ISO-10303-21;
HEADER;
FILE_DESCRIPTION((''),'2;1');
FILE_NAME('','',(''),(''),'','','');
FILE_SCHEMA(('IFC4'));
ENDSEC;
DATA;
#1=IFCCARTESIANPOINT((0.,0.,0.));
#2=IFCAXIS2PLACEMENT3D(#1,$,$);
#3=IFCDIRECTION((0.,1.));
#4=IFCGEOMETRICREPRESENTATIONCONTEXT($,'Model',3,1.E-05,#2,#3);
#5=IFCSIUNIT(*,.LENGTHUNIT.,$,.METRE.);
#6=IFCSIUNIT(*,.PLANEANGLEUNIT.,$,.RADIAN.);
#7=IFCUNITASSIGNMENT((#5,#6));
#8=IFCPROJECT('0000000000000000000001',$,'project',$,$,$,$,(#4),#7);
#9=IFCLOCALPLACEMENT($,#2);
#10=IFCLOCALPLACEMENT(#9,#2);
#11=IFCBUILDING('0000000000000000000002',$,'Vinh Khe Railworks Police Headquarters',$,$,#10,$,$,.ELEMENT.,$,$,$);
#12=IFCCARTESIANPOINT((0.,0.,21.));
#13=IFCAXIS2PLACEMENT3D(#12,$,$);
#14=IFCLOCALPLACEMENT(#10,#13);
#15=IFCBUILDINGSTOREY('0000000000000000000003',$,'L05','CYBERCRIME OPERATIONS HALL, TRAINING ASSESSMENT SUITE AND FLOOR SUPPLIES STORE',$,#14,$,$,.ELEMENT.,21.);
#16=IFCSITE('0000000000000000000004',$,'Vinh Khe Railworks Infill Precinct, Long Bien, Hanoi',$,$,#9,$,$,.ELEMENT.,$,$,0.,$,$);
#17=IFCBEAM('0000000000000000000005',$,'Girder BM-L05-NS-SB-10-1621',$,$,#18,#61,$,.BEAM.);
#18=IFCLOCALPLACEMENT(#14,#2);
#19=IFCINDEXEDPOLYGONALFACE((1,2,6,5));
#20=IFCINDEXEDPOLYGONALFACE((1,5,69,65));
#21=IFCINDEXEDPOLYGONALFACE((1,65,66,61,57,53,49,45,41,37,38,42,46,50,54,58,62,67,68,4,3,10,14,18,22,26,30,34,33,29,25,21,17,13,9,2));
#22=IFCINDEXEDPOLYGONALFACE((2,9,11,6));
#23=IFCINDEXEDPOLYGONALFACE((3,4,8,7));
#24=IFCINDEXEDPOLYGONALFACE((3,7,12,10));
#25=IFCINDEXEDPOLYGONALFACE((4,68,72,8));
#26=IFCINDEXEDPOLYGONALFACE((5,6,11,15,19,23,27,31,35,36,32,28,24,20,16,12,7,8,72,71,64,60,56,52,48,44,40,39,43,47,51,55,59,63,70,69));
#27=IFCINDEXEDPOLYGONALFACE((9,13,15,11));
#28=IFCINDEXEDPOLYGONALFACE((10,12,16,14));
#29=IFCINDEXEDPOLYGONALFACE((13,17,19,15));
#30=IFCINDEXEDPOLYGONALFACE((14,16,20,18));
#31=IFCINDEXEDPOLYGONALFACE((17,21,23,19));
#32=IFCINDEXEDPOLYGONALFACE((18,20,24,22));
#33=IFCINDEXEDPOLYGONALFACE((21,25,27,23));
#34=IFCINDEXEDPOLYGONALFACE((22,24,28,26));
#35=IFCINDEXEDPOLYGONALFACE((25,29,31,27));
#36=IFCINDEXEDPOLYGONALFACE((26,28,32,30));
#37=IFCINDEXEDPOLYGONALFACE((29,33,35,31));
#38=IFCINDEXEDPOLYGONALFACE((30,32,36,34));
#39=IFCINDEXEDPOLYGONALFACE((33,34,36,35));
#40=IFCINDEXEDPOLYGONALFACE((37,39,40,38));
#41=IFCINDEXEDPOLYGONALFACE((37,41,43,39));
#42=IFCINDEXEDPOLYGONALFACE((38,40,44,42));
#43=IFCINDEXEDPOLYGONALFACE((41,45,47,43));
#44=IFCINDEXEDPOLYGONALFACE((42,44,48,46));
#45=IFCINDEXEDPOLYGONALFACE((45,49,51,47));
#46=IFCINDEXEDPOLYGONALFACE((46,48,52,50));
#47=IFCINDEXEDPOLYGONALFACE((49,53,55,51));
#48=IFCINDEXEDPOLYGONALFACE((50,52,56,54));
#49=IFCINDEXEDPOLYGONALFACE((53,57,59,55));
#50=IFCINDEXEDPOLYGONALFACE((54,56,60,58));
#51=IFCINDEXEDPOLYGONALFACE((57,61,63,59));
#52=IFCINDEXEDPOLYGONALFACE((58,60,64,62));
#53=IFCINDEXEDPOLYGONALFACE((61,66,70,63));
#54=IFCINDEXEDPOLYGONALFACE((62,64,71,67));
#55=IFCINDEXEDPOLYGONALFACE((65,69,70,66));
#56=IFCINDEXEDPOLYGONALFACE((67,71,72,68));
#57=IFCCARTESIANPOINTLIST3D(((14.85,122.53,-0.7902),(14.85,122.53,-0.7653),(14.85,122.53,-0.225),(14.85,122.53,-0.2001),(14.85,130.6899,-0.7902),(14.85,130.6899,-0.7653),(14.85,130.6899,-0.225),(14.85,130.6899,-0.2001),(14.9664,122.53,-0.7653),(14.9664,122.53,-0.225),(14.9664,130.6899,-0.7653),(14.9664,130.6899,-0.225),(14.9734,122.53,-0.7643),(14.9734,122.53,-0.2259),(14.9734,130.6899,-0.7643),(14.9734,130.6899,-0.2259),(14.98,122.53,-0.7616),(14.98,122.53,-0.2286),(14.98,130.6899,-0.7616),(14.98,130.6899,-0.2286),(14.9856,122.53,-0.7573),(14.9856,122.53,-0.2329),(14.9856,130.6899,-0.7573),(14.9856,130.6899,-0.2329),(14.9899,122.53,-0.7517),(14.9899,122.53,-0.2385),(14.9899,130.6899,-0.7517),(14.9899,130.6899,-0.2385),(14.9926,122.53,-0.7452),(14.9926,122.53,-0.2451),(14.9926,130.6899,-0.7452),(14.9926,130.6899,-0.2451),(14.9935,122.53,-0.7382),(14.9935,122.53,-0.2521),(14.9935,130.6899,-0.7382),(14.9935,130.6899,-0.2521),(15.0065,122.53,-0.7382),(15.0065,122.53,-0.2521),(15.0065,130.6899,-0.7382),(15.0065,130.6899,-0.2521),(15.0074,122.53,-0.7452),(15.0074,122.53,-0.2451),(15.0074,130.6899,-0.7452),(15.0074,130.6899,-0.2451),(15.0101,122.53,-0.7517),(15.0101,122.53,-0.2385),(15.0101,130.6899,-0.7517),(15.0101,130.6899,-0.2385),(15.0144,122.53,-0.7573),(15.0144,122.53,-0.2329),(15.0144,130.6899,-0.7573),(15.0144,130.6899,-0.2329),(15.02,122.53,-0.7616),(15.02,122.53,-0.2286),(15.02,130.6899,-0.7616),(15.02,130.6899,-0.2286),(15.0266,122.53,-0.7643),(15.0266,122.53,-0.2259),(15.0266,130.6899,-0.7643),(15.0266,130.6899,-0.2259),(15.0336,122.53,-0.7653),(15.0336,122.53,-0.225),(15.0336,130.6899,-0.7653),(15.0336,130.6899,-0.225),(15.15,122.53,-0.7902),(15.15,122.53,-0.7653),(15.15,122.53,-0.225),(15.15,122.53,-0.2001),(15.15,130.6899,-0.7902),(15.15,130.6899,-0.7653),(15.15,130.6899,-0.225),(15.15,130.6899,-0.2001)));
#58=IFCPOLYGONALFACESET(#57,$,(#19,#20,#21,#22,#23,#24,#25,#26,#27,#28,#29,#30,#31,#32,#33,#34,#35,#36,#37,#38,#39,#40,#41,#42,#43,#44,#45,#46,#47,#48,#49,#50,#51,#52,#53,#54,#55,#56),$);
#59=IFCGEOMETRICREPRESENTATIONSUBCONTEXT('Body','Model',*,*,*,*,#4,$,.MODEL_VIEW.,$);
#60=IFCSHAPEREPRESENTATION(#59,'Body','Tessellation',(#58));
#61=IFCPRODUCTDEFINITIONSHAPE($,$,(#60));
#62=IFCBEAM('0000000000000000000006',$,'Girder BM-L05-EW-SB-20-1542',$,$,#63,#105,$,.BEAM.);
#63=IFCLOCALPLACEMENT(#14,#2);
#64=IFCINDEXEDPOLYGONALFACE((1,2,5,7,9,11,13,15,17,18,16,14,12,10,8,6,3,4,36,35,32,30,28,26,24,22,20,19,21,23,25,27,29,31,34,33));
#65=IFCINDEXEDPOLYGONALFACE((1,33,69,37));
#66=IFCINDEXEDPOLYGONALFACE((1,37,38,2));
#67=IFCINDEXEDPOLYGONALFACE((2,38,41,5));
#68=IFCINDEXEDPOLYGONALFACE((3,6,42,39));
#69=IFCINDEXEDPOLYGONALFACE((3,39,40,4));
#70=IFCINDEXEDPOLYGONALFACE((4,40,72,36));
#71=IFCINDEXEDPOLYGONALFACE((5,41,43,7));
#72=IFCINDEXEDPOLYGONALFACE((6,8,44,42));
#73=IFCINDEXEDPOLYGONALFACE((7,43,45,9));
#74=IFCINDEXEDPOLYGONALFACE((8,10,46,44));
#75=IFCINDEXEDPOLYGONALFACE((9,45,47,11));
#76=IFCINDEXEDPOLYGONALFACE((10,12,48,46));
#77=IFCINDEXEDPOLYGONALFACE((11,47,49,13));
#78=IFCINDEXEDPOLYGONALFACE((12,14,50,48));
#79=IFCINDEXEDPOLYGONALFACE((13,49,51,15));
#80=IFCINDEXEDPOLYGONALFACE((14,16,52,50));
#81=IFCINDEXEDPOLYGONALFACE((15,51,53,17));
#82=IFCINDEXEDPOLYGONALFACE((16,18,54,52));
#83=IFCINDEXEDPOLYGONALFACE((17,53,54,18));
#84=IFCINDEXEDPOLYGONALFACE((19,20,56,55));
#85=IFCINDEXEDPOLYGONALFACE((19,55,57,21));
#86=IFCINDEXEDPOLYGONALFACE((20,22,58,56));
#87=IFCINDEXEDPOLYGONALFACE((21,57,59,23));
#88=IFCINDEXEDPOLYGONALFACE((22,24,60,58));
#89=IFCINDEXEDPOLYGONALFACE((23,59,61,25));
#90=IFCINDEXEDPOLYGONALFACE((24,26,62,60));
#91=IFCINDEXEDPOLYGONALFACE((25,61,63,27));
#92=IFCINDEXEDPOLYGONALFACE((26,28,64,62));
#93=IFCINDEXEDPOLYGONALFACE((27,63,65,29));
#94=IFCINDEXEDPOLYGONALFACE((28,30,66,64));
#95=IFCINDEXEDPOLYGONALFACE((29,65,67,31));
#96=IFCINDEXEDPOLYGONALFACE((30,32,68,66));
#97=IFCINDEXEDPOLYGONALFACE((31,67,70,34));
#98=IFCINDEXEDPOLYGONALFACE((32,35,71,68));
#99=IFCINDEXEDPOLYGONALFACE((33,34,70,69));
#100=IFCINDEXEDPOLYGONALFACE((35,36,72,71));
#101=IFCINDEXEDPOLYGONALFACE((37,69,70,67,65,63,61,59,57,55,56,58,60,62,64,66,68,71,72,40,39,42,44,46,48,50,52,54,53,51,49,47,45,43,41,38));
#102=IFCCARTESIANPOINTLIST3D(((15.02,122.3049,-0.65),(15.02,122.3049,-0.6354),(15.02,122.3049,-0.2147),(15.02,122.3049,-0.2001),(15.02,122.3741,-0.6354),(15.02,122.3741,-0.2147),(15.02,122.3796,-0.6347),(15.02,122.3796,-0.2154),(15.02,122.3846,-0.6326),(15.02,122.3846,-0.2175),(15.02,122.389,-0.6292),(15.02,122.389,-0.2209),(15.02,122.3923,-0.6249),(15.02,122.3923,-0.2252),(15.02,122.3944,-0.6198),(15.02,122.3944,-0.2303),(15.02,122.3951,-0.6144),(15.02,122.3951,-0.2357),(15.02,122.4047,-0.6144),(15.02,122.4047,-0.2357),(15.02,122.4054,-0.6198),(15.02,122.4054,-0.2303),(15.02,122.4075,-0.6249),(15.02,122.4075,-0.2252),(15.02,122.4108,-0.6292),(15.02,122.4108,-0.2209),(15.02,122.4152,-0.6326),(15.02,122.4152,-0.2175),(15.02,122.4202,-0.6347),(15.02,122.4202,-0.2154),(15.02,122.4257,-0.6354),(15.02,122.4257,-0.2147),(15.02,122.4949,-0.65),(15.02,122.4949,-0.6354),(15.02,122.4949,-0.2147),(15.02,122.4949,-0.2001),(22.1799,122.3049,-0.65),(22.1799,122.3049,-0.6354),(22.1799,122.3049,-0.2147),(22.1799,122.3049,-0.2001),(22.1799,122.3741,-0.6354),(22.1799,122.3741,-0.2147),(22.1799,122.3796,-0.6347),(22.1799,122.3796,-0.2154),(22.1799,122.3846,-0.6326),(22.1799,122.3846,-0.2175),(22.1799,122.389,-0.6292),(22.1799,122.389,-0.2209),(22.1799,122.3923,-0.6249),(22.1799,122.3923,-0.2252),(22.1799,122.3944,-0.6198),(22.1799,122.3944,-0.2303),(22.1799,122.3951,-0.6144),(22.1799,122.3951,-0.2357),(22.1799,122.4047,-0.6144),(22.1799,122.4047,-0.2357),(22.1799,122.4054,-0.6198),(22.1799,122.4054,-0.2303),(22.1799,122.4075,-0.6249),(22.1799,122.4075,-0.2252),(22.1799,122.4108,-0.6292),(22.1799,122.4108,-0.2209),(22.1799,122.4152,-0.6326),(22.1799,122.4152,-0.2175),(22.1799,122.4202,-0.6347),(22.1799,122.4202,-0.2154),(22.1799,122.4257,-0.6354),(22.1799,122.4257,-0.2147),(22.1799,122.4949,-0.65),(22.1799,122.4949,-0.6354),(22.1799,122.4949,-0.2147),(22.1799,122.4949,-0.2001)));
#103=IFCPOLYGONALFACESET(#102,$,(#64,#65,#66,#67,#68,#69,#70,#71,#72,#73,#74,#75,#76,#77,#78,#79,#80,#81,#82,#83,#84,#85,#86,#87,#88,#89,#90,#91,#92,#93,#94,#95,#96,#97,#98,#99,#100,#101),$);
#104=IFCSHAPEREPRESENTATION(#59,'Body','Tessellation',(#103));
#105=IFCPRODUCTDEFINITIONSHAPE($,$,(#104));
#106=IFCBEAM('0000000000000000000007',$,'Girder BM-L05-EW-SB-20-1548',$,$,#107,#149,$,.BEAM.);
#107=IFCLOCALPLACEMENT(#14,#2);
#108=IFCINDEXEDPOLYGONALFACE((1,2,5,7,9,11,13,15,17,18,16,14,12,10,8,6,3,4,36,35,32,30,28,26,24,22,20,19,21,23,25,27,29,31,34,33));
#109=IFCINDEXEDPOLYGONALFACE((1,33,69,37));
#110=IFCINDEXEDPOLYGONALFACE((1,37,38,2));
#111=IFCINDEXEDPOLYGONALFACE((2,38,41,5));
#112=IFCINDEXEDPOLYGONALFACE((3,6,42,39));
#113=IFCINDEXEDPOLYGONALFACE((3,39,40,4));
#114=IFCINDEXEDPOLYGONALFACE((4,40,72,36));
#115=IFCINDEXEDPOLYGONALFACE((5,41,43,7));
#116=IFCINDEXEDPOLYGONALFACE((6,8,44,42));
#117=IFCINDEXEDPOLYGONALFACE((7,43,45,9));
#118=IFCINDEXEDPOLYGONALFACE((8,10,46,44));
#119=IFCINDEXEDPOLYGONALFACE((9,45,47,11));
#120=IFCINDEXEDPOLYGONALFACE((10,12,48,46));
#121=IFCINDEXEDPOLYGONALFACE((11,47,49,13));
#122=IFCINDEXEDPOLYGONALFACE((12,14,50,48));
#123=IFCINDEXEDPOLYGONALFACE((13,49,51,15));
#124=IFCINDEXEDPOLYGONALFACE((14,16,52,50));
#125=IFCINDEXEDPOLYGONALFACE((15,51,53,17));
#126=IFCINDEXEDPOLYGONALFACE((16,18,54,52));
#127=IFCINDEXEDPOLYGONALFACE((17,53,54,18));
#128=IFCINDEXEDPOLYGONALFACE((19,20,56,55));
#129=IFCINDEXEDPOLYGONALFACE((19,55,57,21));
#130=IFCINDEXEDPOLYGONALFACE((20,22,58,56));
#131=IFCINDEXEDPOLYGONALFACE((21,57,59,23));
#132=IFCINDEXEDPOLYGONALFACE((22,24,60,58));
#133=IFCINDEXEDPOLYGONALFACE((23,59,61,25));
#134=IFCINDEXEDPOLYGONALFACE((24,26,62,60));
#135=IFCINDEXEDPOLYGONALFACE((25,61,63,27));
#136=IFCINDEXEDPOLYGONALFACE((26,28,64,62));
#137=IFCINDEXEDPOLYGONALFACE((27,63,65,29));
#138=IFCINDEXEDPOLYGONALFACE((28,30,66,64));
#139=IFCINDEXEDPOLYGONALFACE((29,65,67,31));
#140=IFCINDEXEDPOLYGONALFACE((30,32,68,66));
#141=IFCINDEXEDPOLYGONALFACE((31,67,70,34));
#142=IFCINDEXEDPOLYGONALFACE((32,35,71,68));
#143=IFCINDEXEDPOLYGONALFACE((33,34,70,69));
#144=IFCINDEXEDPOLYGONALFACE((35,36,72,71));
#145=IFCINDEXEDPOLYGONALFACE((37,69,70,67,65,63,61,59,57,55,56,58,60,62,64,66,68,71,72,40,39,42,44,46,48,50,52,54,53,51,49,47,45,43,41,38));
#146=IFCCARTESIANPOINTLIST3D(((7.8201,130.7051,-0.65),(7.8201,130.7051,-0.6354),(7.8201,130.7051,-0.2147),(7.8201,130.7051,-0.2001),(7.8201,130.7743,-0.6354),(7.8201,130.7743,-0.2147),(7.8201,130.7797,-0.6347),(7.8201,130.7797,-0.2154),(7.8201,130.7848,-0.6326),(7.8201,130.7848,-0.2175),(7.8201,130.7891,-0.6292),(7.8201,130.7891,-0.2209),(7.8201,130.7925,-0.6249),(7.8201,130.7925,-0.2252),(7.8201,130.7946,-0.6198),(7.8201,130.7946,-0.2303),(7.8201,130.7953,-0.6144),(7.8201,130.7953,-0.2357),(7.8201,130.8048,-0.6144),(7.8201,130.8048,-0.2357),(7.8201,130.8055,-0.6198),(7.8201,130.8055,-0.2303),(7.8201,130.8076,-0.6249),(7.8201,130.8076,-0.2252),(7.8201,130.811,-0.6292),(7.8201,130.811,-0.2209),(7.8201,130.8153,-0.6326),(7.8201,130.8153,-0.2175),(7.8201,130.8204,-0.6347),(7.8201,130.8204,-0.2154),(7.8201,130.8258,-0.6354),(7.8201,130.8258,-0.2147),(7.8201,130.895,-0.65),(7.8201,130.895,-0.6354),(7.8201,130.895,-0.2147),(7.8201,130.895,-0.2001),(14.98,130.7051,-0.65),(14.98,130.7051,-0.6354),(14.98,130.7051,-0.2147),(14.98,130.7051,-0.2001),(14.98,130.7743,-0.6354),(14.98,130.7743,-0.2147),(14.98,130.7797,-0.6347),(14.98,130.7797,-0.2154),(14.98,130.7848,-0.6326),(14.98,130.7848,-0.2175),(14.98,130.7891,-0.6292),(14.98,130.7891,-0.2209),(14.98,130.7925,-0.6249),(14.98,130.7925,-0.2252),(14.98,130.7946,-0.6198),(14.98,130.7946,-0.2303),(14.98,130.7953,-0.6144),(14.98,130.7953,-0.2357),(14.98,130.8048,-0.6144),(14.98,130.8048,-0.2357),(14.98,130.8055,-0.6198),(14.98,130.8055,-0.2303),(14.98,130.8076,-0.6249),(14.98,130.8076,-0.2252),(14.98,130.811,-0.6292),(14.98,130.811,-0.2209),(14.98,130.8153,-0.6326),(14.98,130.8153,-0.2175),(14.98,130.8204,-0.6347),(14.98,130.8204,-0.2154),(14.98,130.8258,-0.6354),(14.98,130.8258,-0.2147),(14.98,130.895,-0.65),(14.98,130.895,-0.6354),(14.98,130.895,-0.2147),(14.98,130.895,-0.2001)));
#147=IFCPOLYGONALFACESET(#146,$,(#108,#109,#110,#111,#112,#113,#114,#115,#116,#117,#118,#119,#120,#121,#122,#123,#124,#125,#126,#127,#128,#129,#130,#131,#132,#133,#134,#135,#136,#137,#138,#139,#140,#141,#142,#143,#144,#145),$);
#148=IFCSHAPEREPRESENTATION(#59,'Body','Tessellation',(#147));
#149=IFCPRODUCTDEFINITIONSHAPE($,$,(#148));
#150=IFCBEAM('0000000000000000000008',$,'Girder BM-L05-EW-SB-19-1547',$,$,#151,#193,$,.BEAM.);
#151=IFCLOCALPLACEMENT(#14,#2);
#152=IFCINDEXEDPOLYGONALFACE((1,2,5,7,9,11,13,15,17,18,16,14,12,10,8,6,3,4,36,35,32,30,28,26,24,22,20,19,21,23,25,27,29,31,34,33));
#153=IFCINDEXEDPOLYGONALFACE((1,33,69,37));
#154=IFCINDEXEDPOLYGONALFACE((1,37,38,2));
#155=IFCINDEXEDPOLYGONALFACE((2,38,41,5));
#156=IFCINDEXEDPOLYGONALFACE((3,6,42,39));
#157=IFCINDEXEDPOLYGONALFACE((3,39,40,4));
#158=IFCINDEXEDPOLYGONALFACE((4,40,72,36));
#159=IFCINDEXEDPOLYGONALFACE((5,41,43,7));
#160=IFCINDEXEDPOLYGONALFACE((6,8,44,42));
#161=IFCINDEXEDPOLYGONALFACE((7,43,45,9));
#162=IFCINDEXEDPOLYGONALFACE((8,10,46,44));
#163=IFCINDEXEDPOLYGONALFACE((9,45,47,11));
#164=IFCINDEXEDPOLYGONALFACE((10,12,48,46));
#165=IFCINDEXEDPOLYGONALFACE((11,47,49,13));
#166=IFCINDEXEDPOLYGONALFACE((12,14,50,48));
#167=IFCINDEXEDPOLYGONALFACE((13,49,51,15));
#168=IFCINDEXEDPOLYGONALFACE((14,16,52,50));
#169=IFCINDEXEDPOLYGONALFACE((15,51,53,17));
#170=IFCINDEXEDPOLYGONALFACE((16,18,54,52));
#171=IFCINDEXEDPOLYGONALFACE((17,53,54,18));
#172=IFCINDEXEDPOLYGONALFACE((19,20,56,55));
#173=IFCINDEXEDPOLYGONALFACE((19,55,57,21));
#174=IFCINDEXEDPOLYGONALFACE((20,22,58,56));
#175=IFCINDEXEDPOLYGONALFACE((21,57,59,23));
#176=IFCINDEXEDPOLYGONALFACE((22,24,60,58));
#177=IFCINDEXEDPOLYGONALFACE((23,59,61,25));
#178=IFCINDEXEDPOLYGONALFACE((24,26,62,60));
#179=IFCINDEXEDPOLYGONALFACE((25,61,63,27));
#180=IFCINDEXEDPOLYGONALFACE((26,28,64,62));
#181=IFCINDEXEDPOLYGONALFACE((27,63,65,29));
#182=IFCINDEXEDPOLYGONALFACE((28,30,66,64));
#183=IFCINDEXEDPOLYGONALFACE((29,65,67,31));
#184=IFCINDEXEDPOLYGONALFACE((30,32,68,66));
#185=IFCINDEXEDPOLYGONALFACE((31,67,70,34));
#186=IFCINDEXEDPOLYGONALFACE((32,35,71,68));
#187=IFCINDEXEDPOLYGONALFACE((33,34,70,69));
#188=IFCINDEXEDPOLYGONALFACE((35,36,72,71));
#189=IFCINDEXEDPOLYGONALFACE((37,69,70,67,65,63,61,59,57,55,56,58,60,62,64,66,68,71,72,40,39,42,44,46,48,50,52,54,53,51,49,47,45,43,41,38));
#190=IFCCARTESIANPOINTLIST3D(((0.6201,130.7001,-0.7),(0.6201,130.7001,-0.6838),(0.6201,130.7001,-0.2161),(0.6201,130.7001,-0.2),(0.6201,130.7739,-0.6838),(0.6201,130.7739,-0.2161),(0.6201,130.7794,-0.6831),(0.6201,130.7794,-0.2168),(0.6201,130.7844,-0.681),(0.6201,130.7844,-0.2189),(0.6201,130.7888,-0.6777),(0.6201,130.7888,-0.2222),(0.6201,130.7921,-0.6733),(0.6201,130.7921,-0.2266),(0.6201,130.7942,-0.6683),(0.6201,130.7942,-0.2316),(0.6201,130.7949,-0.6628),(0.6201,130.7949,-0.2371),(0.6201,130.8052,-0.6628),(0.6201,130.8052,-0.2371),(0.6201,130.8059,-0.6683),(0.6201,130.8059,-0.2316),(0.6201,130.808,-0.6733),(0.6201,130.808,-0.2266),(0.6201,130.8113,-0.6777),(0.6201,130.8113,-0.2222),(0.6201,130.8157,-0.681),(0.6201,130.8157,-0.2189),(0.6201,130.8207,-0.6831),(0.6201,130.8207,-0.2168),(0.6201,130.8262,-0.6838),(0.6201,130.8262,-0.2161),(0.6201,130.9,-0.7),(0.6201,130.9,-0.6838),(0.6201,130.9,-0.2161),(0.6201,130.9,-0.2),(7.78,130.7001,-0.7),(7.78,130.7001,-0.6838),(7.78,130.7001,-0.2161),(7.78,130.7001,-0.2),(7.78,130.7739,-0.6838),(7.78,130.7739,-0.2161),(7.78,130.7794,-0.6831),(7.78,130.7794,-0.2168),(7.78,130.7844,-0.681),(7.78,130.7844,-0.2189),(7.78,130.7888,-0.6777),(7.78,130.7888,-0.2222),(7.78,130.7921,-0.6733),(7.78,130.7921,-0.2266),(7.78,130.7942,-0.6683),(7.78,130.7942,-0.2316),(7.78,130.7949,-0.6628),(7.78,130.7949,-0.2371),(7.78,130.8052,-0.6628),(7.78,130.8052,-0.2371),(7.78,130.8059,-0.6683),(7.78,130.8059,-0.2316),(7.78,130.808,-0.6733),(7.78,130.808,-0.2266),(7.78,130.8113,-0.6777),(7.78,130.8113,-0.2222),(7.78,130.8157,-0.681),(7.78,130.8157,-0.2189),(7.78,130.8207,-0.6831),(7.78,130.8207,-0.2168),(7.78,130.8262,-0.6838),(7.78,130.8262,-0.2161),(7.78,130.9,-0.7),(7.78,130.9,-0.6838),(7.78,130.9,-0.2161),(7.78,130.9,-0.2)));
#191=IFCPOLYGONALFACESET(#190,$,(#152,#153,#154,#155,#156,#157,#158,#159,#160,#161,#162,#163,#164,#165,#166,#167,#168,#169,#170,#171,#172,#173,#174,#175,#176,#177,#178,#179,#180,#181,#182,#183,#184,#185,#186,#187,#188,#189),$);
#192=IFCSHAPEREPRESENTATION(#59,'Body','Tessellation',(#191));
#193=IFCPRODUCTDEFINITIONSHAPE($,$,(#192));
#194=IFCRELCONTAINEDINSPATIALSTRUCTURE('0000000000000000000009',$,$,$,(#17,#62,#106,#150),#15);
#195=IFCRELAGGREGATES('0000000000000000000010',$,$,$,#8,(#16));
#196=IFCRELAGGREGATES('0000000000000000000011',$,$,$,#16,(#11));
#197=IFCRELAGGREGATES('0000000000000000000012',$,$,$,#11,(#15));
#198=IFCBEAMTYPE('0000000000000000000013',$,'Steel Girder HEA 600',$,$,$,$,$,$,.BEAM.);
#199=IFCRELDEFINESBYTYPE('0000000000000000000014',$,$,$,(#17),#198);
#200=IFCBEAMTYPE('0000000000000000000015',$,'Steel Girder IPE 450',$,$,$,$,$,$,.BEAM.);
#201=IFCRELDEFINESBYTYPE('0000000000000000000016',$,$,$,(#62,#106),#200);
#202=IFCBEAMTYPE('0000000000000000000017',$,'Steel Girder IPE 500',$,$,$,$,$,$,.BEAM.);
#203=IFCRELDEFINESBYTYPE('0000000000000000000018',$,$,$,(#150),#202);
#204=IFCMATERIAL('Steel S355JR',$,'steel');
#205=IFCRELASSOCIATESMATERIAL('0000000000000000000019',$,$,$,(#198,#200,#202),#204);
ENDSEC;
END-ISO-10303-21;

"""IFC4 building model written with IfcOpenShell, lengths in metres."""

from ifc_helpers import new_model, si_unit, direction, frame, origin, origin_2d, place, context, subcontext, project, spatial, i_section, extrude, material, material_profile, profile_set, type_object, element, save


model = new_model("IFC4")

# Units and contexts
model_context = context("Model", 3, precision=1e-05, world=origin(), true_north=direction((0.0, 1.0)))
body_context = subcontext(model_context, "Body", "Model", "MODEL_VIEW")
ifc_project = project(units=[si_unit("LENGTHUNIT", "METRE"), si_unit("PLANEANGLEUNIT", "RADIAN")], contexts=[model_context])

# Site, building, storey
site_placement = place(None, origin())
site = spatial("IfcSite", under=ifc_project, at=site_placement, Name="Vinh Khe Railworks Infill Precinct, Long Bien, Hanoi", CompositionType="ELEMENT", RefElevation=0.0)
building_placement = place(site_placement, origin())
building = spatial("IfcBuilding", under=site, at=building_placement, Name="Vinh Khe Railworks Police Headquarters", CompositionType="ELEMENT")
storey_placement = place(building_placement, frame((0.0, 0.0, 21.0)))
storey = spatial("IfcBuildingStorey", under=building, at=storey_placement, Name="L05", Description="CYBERCRIME OPERATIONS HALL, TRAINING ASSESSMENT SUITE AND FLOOR SUPPLIES STORE", CompositionType="ELEMENT", Elevation=21.0)

# Shared definitions
ifc_material_1 = material(Name="Steel S355JR", Category="steel")

# Beams
ifc_material_profile_1 = material_profile(ifc_material_1, i_section(OverallWidth=0.3, OverallDepth=0.5901, WebThickness=0.0129, FlangeThickness=0.0249, FilletRadius=0.0271, at=origin_2d()), Name="HEA 600")
ifc_profile_set_1 = profile_set([ifc_material_profile_1], Name="Steel S355JR")
beam_type_1 = type_object("IfcBeamType", Name="Steel Girder HEA 600", PredefinedType="BEAM", material=ifc_profile_set_1)
beam_1_placement = place(storey_placement, frame((15.0, 122.53, -0.4951), z_axis=(0.0, 1.0, 0.0), x_axis=(-1.0, 0.0, 0.0)))
element("IfcBeam", 1, at=beam_1_placement, inside=storey, type_object=beam_type_1, Name="Girder BM-L05-NS-SB-10-1621", PredefinedType="BEAM", context=body_context, shape_type="SweptSolid", body=[
    extrude(i_section(OverallWidth=0.3, OverallDepth=0.5901, WebThickness=0.0129, FlangeThickness=0.0249, FilletRadius=0.0271, at=origin_2d()), origin(), (0.0, 0.0, 1.0), 8.1599),
])
ifc_material_profile_2 = material_profile(ifc_material_1, i_section(OverallWidth=0.1899, OverallDepth=0.45, WebThickness=0.0095, FlangeThickness=0.0146, FilletRadius=0.021, at=origin_2d()), Name="IPE 450")
ifc_profile_set_2 = profile_set([ifc_material_profile_2], Name="Steel S355JR")
beam_type_2 = type_object("IfcBeamType", Name="Steel Girder IPE 450", PredefinedType="BEAM", material=ifc_profile_set_2)
for number, where, z_axis, x_axis, name in (
    (2, (15.02, 122.3999, -0.425), (1.0, 0.0, 0.0), (0.0, 1.0, 0.0), "Girder BM-L05-EW-SB-20-1542"),
    (3, (7.8201, 130.8, -0.425), (1.0, 0.0, 0.0), (0.0, 1.0, 0.0), "Girder BM-L05-EW-SB-20-1548"),
):
    element("IfcBeam", number, at=place(storey_placement, frame(where, z_axis=z_axis, x_axis=x_axis)), inside=storey, type_object=beam_type_2, Name=name, PredefinedType="BEAM", context=body_context, shape_type="SweptSolid", body=[
        extrude(i_section(OverallWidth=0.1899, OverallDepth=0.45, WebThickness=0.0095, FlangeThickness=0.0146, FilletRadius=0.021, at=origin_2d()), origin(), (0.0, 0.0, 1.0), 7.1599),
    ])
ifc_material_profile_3 = material_profile(ifc_material_1, i_section(OverallWidth=0.2, OverallDepth=0.5, WebThickness=0.0103, FlangeThickness=0.0161, FilletRadius=0.021, at=origin_2d()), Name="IPE 500")
ifc_profile_set_3 = profile_set([ifc_material_profile_3], Name="Steel S355JR")
beam_type_3 = type_object("IfcBeamType", Name="Steel Girder IPE 500", PredefinedType="BEAM", material=ifc_profile_set_3)
beam_2_placement = place(storey_placement, frame((0.6201, 130.8, -0.45), z_axis=(1.0, 0.0, 0.0), x_axis=(0.0, 1.0, 0.0)))
element("IfcBeam", 4, at=beam_2_placement, inside=storey, type_object=beam_type_3, Name="Girder BM-L05-EW-SB-19-1547", PredefinedType="BEAM", context=body_context, shape_type="SweptSolid", body=[
    extrude(i_section(OverallWidth=0.2, OverallDepth=0.5, WebThickness=0.0103, FlangeThickness=0.0161, FilletRadius=0.021, at=origin_2d()), origin(), (0.0, 0.0, 1.0), 7.1599),
])

save(model, "model.ifc")
